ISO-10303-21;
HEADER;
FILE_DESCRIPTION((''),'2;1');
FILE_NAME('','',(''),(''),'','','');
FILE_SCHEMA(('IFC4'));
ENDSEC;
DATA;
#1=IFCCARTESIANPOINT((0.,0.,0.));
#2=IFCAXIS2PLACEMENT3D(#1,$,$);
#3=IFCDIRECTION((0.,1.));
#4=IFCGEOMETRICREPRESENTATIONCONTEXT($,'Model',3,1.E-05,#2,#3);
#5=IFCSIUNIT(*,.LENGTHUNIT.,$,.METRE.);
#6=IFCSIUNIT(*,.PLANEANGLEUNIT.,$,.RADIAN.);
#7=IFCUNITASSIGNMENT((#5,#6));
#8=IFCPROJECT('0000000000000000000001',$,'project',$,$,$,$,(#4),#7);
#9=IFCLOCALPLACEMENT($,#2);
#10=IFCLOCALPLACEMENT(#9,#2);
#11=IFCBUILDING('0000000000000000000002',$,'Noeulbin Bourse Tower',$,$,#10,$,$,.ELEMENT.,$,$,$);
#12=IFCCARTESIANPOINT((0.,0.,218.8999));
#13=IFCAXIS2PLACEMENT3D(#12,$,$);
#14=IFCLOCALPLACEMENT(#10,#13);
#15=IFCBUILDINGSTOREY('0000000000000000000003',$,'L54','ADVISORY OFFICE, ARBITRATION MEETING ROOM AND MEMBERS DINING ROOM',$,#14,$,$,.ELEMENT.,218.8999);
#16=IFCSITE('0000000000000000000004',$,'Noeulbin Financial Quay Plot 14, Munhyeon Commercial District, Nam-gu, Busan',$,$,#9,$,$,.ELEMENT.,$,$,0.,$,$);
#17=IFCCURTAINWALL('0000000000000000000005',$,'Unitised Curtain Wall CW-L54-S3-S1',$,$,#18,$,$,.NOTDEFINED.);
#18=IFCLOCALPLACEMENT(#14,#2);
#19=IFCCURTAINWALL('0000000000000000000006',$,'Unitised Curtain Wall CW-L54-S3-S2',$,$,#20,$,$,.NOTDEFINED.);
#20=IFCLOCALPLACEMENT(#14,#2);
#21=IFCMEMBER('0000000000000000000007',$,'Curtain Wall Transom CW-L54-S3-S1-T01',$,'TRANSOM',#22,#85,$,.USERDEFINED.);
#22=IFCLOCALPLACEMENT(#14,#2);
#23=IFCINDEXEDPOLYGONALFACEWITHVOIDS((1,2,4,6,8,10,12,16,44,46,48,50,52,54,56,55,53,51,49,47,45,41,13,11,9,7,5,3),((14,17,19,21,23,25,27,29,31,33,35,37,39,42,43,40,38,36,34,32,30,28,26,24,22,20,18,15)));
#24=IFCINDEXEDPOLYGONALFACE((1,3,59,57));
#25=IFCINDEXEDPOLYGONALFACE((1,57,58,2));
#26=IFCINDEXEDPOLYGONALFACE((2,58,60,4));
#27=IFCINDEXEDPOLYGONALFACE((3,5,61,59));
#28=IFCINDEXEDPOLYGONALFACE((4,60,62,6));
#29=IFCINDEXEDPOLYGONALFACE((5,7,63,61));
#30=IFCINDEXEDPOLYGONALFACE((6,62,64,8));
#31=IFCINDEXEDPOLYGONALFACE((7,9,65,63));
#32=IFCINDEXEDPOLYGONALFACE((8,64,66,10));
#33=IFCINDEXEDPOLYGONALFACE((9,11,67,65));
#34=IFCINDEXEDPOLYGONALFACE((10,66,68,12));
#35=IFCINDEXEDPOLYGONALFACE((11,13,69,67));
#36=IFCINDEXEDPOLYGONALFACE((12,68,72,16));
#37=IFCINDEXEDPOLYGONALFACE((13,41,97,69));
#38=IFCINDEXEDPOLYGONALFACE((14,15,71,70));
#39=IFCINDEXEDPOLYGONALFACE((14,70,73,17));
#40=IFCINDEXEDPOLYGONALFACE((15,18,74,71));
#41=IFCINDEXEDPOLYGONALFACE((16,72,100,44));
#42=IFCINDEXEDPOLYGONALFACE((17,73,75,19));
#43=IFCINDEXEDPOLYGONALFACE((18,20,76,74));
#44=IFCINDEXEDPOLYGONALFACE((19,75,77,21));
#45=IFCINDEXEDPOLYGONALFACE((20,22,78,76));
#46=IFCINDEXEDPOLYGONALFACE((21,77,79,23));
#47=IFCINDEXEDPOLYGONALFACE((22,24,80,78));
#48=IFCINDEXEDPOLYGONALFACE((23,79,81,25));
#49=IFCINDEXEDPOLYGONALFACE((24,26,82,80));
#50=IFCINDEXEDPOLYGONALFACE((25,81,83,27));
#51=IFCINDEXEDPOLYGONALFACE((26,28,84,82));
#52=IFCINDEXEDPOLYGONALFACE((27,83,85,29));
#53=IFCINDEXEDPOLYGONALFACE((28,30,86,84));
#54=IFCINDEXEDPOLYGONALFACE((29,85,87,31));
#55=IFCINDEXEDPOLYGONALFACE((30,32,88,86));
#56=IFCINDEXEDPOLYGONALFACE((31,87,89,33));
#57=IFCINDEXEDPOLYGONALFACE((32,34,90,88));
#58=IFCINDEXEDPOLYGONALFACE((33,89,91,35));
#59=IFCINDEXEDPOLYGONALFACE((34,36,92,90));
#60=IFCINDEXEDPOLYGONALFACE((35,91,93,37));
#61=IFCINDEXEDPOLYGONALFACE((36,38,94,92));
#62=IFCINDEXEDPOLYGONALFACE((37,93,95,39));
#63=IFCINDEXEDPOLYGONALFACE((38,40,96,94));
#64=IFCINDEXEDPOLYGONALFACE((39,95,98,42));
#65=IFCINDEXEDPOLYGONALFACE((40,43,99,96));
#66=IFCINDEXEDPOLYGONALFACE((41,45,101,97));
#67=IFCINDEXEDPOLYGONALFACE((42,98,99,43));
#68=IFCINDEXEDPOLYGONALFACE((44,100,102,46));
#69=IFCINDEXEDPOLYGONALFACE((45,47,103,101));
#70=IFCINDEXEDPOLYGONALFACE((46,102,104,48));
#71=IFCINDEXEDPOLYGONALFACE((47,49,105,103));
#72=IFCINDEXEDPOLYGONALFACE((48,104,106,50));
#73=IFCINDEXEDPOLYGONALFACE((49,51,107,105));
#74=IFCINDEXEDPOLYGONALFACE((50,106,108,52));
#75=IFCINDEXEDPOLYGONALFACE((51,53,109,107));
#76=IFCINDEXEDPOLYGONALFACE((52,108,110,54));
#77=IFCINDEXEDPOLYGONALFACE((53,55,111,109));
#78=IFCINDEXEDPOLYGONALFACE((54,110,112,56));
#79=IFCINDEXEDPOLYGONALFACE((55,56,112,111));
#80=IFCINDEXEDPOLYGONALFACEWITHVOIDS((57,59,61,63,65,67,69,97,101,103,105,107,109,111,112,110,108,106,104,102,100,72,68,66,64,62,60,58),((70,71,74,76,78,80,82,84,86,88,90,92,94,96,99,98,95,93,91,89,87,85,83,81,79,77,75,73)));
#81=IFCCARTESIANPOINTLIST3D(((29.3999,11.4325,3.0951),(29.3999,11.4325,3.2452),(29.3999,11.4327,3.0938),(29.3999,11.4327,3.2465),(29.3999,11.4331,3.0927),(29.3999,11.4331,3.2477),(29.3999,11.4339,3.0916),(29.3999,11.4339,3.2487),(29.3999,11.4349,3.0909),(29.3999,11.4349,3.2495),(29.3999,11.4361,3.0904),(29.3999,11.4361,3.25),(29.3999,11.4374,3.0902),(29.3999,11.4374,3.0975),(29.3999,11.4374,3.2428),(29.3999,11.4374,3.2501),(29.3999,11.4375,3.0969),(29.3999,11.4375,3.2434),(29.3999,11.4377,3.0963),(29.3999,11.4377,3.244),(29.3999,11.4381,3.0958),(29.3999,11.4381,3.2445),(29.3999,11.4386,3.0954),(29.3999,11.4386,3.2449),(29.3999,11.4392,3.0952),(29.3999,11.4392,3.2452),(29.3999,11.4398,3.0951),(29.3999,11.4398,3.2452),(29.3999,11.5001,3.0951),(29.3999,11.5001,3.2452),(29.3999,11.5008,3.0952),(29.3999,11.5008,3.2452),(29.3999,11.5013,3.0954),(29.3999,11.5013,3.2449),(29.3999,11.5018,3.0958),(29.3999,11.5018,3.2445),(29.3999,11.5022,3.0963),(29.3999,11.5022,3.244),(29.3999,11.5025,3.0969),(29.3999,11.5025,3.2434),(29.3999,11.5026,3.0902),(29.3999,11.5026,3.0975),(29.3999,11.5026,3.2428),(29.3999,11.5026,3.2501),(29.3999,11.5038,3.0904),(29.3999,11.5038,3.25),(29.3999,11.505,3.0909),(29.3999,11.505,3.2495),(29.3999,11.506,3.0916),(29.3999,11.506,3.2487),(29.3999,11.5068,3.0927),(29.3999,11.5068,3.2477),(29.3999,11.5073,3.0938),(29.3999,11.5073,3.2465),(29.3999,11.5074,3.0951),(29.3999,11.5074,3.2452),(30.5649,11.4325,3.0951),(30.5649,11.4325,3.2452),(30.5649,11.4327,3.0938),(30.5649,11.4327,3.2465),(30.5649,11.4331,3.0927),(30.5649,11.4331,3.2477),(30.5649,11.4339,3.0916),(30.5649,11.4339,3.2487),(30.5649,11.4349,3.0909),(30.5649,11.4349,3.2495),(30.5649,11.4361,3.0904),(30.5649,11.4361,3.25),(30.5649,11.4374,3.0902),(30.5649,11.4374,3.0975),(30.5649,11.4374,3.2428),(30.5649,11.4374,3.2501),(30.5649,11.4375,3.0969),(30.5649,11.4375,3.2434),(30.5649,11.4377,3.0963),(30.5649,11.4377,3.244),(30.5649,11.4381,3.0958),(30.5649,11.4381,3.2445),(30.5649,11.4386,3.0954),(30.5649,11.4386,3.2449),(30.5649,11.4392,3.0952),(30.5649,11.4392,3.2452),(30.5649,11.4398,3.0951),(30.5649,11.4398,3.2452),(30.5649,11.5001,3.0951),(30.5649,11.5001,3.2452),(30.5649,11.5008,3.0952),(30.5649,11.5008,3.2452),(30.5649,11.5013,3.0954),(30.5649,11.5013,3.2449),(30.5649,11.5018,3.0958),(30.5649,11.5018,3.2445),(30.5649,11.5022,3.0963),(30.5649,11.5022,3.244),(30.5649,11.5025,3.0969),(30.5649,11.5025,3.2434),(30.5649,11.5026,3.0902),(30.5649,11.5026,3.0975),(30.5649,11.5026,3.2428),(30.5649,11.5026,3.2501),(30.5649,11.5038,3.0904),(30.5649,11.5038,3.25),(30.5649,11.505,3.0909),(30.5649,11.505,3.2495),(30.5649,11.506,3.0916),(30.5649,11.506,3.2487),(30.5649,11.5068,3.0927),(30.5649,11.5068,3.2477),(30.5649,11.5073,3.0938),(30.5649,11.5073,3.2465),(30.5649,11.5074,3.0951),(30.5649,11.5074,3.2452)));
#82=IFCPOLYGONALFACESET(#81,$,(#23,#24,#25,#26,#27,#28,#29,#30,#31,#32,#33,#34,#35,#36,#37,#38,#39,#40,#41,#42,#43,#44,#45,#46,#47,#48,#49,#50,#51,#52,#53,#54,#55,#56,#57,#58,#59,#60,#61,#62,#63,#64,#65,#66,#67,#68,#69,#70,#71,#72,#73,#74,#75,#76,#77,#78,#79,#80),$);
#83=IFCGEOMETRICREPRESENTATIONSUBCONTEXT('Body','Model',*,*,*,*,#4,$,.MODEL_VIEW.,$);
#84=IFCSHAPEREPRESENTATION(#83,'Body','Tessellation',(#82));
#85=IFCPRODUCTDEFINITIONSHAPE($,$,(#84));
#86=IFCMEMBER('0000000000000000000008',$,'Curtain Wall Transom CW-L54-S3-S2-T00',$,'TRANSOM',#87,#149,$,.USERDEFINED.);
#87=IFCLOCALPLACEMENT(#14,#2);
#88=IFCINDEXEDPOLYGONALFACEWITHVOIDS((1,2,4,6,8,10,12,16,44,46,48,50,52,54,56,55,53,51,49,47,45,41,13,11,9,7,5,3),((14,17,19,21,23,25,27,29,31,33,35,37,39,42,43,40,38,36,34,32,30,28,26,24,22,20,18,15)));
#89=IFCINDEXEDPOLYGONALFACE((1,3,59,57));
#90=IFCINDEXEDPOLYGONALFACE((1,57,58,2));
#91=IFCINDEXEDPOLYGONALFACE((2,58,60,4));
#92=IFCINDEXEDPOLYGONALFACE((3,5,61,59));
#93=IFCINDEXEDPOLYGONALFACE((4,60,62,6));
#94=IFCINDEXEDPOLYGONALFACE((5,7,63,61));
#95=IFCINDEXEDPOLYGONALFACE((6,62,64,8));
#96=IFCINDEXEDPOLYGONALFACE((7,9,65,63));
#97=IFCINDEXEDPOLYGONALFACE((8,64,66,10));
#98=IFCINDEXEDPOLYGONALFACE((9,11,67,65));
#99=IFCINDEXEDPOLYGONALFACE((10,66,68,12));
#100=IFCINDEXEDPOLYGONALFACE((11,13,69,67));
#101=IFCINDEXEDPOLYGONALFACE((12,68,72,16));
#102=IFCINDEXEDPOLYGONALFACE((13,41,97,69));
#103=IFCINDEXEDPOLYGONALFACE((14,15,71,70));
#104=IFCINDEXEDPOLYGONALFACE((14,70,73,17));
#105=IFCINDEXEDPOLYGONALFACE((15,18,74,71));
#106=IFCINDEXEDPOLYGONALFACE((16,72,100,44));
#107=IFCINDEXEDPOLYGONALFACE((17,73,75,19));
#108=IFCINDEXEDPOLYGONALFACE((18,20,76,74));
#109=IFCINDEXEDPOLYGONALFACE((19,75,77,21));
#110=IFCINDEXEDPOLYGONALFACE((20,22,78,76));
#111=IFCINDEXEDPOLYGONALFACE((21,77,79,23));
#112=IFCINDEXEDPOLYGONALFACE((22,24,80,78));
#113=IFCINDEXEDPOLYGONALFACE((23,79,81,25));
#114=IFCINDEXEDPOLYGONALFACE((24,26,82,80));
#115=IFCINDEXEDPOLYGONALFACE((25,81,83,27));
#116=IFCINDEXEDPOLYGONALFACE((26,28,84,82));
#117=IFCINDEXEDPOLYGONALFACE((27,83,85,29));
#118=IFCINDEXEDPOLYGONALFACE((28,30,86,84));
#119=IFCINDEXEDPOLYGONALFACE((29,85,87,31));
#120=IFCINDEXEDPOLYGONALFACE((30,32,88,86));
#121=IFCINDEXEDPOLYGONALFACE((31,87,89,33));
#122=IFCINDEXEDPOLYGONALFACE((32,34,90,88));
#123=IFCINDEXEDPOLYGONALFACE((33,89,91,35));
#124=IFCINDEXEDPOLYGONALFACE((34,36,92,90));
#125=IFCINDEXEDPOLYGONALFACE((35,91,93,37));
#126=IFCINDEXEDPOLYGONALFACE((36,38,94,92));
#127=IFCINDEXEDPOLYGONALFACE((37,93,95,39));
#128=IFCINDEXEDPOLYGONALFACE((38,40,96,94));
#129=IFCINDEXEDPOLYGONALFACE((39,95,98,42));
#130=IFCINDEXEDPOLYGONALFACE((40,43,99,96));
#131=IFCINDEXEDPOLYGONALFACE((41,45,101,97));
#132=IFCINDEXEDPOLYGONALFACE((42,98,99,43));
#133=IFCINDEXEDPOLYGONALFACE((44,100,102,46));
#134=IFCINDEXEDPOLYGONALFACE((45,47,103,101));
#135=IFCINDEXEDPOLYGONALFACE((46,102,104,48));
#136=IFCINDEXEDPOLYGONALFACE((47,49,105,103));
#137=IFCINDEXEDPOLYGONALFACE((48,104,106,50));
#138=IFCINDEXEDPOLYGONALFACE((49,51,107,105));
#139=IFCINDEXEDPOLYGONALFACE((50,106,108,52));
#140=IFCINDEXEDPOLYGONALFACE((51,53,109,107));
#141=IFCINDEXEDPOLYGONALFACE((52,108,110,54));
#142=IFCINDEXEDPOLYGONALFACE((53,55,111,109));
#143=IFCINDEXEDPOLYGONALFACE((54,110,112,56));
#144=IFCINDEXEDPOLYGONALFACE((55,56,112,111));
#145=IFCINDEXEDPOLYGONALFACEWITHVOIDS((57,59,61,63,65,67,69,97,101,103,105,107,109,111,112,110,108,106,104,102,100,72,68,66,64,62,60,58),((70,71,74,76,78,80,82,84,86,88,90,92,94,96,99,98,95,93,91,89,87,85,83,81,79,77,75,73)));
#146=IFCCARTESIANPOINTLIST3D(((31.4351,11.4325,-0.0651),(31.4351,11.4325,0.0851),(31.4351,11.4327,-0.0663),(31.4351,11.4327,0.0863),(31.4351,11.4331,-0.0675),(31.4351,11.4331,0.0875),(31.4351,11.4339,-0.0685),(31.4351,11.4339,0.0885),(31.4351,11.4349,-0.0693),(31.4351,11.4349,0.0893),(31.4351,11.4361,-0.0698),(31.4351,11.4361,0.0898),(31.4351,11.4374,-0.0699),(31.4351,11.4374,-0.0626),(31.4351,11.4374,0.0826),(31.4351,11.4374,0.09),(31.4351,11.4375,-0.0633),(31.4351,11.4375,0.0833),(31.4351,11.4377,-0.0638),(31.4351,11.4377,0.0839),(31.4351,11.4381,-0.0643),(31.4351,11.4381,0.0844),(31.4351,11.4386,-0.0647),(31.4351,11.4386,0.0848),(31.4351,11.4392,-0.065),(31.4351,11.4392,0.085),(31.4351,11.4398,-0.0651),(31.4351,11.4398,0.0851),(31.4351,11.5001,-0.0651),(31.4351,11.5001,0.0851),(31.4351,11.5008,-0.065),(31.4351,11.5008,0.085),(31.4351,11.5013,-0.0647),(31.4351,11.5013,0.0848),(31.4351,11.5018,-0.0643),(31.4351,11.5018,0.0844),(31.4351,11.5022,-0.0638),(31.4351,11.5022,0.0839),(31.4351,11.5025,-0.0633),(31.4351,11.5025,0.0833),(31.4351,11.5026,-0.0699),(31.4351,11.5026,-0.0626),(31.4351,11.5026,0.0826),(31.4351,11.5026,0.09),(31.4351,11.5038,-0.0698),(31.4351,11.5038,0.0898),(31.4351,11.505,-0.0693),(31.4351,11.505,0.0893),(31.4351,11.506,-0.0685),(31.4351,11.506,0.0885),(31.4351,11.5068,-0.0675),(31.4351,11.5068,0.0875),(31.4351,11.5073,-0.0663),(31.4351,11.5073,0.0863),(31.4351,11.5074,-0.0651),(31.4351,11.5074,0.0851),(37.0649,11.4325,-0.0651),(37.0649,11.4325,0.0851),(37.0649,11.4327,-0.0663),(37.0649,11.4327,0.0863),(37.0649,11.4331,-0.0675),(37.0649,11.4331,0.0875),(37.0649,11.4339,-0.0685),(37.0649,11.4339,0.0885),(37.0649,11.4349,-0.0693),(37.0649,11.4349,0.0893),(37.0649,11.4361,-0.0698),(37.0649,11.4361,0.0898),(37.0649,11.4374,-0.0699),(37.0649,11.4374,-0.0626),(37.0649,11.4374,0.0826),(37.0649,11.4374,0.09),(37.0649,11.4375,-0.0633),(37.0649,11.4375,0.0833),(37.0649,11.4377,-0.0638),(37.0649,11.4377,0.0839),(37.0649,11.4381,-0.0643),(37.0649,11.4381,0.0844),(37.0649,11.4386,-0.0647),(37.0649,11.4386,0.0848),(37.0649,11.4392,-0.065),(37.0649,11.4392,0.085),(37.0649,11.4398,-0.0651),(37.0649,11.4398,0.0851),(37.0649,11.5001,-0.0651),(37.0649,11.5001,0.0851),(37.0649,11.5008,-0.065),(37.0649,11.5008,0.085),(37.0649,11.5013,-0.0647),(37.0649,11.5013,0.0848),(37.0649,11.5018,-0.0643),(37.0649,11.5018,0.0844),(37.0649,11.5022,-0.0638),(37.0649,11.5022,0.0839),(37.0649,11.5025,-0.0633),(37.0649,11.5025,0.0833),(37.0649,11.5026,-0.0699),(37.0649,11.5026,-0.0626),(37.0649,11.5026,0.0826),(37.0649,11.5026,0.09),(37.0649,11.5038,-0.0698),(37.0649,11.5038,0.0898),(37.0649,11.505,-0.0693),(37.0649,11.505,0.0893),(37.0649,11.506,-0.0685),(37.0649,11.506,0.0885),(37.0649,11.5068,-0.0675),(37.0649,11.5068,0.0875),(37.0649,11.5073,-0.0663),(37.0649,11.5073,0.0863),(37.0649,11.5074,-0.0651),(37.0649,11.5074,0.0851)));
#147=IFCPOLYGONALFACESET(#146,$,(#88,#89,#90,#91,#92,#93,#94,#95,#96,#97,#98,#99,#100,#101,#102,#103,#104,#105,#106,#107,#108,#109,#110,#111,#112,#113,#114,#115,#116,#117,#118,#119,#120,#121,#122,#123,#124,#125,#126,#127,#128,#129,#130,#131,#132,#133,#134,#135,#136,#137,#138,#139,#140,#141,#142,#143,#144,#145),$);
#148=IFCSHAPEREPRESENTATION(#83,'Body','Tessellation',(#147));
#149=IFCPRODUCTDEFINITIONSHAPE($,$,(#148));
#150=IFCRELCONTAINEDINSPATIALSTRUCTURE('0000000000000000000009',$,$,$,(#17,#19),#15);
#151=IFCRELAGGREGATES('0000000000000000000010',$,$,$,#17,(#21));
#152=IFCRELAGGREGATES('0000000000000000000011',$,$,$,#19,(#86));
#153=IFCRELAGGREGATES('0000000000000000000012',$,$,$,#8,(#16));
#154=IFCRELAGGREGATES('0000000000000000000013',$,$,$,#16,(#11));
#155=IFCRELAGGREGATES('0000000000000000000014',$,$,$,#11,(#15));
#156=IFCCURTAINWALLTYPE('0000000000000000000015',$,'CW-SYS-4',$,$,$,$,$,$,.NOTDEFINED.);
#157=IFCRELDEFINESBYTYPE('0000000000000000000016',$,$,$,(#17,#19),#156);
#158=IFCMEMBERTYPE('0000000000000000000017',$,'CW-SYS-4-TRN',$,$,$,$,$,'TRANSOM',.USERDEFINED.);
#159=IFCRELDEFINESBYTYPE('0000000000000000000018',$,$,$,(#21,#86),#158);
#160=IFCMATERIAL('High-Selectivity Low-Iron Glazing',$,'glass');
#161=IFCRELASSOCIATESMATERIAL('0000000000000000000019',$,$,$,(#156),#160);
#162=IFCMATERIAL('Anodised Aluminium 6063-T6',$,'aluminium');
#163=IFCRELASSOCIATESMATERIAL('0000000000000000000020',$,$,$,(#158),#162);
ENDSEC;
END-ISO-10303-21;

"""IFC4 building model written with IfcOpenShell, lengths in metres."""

from ifc_helpers import new_model, si_unit, direction, frame, origin, origin_2d, place, context, subcontext, project, spatial, hollow_rectangle, extrude, material, material_profile, profile_set, type_object, element, aggregate, save


model = new_model("IFC4")

# Units and contexts
model_context = context("Model", 3, precision=1e-05, world=origin(), true_north=direction((0.0, 1.0)))
body_context = subcontext(model_context, "Body", "Model", "MODEL_VIEW")
ifc_project = project(units=[si_unit("LENGTHUNIT", "METRE"), si_unit("PLANEANGLEUNIT", "RADIAN")], contexts=[model_context])

# Site, building, storey
site_placement = place(None, origin())
site = spatial("IfcSite", under=ifc_project, at=site_placement, Name="Noeulbin Financial Quay Plot 14, Munhyeon Commercial District, Nam-gu, Busan", CompositionType="ELEMENT", RefElevation=0.0)
building_placement = place(site_placement, origin())
building = spatial("IfcBuilding", under=site, at=building_placement, Name="Noeulbin Bourse Tower", CompositionType="ELEMENT")
storey_placement = place(building_placement, frame((0.0, 0.0, 218.8999)))
storey = spatial("IfcBuildingStorey", under=building, at=storey_placement, Name="L54", Description="ADVISORY OFFICE, ARBITRATION MEETING ROOM AND MEMBERS DINING ROOM", CompositionType="ELEMENT", Elevation=218.8999)

# Curtain walls
ifc_material_1 = material(Name="High-Selectivity Low-Iron Glazing", Category="glass")
curtain_wall_type = type_object("IfcCurtainWallType", Name="CW-SYS-4", PredefinedType="NOTDEFINED", material=ifc_material_1)
curtain_wall_1_placement = place(storey_placement, origin())
curtain_wall_1 = element("IfcCurtainWall", 1, at=curtain_wall_1_placement, inside=storey, type_object=curtain_wall_type, Name="Unitised Curtain Wall CW-L54-S3-S1", PredefinedType="NOTDEFINED")
ifc_material_2 = material(Name="Anodised Aluminium 6063-T6", Category="aluminium")
curtain_wall_2_placement = place(storey_placement, origin())
curtain_wall_2 = element("IfcCurtainWall", 2, at=curtain_wall_2_placement, inside=storey, type_object=curtain_wall_type, Name="Unitised Curtain Wall CW-L54-S3-S2", PredefinedType="NOTDEFINED")

# Members
ifc_material_profile_1 = material_profile(ifc_material_2, hollow_rectangle(XDim=0.075, YDim=0.1599, WallThickness=0.0049, InnerFilletRadius=0.0024, OuterFilletRadius=0.0049, at=origin_2d()), Name="ALU-TRAN-75x160x5", Category="LoadBearing")
ifc_profile_set_1 = profile_set([ifc_material_profile_1], Name="Anodised Aluminium 6063-T6")
member_type_1 = type_object("IfcMemberType", Name="CW-SYS-4-TRN", ElementType="TRANSOM", PredefinedType="USERDEFINED", material=ifc_profile_set_1)
member_1_placement = place(storey_placement, frame((29.3999, 11.47, 3.1702), z_axis=(1.0, 0.0, 0.0), x_axis=(0.0, 1.0, 0.0)))
member_1 = element("IfcMember", 3, at=member_1_placement, type_object=member_type_1, Name="Curtain Wall Transom CW-L54-S3-S1-T01", ObjectType="TRANSOM", PredefinedType="USERDEFINED", context=body_context, shape_type="SweptSolid", body=[
    extrude(hollow_rectangle(XDim=0.075, YDim=0.1599, WallThickness=0.0049, InnerFilletRadius=0.0024, OuterFilletRadius=0.0049, at=origin_2d()), origin(), (0.0, 0.0, 1.0), 1.165),
])
member_2_placement = place(storey_placement, frame((31.4351, 11.47, 0.01), z_axis=(1.0, 0.0, 0.0), x_axis=(0.0, 1.0, 0.0)))
member_2 = element("IfcMember", 4, at=member_2_placement, type_object=member_type_1, Name="Curtain Wall Transom CW-L54-S3-S2-T00", ObjectType="TRANSOM", PredefinedType="USERDEFINED", context=body_context, shape_type="SweptSolid", body=[
    extrude(hollow_rectangle(XDim=0.075, YDim=0.1599, WallThickness=0.0049, InnerFilletRadius=0.0024, OuterFilletRadius=0.0049, at=origin_2d()), origin(), (0.0, 0.0, 1.0), 5.6299),
])

aggregate(curtain_wall_1, [member_1])
aggregate(curtain_wall_2, [member_2])

save(model, "model.ifc")
